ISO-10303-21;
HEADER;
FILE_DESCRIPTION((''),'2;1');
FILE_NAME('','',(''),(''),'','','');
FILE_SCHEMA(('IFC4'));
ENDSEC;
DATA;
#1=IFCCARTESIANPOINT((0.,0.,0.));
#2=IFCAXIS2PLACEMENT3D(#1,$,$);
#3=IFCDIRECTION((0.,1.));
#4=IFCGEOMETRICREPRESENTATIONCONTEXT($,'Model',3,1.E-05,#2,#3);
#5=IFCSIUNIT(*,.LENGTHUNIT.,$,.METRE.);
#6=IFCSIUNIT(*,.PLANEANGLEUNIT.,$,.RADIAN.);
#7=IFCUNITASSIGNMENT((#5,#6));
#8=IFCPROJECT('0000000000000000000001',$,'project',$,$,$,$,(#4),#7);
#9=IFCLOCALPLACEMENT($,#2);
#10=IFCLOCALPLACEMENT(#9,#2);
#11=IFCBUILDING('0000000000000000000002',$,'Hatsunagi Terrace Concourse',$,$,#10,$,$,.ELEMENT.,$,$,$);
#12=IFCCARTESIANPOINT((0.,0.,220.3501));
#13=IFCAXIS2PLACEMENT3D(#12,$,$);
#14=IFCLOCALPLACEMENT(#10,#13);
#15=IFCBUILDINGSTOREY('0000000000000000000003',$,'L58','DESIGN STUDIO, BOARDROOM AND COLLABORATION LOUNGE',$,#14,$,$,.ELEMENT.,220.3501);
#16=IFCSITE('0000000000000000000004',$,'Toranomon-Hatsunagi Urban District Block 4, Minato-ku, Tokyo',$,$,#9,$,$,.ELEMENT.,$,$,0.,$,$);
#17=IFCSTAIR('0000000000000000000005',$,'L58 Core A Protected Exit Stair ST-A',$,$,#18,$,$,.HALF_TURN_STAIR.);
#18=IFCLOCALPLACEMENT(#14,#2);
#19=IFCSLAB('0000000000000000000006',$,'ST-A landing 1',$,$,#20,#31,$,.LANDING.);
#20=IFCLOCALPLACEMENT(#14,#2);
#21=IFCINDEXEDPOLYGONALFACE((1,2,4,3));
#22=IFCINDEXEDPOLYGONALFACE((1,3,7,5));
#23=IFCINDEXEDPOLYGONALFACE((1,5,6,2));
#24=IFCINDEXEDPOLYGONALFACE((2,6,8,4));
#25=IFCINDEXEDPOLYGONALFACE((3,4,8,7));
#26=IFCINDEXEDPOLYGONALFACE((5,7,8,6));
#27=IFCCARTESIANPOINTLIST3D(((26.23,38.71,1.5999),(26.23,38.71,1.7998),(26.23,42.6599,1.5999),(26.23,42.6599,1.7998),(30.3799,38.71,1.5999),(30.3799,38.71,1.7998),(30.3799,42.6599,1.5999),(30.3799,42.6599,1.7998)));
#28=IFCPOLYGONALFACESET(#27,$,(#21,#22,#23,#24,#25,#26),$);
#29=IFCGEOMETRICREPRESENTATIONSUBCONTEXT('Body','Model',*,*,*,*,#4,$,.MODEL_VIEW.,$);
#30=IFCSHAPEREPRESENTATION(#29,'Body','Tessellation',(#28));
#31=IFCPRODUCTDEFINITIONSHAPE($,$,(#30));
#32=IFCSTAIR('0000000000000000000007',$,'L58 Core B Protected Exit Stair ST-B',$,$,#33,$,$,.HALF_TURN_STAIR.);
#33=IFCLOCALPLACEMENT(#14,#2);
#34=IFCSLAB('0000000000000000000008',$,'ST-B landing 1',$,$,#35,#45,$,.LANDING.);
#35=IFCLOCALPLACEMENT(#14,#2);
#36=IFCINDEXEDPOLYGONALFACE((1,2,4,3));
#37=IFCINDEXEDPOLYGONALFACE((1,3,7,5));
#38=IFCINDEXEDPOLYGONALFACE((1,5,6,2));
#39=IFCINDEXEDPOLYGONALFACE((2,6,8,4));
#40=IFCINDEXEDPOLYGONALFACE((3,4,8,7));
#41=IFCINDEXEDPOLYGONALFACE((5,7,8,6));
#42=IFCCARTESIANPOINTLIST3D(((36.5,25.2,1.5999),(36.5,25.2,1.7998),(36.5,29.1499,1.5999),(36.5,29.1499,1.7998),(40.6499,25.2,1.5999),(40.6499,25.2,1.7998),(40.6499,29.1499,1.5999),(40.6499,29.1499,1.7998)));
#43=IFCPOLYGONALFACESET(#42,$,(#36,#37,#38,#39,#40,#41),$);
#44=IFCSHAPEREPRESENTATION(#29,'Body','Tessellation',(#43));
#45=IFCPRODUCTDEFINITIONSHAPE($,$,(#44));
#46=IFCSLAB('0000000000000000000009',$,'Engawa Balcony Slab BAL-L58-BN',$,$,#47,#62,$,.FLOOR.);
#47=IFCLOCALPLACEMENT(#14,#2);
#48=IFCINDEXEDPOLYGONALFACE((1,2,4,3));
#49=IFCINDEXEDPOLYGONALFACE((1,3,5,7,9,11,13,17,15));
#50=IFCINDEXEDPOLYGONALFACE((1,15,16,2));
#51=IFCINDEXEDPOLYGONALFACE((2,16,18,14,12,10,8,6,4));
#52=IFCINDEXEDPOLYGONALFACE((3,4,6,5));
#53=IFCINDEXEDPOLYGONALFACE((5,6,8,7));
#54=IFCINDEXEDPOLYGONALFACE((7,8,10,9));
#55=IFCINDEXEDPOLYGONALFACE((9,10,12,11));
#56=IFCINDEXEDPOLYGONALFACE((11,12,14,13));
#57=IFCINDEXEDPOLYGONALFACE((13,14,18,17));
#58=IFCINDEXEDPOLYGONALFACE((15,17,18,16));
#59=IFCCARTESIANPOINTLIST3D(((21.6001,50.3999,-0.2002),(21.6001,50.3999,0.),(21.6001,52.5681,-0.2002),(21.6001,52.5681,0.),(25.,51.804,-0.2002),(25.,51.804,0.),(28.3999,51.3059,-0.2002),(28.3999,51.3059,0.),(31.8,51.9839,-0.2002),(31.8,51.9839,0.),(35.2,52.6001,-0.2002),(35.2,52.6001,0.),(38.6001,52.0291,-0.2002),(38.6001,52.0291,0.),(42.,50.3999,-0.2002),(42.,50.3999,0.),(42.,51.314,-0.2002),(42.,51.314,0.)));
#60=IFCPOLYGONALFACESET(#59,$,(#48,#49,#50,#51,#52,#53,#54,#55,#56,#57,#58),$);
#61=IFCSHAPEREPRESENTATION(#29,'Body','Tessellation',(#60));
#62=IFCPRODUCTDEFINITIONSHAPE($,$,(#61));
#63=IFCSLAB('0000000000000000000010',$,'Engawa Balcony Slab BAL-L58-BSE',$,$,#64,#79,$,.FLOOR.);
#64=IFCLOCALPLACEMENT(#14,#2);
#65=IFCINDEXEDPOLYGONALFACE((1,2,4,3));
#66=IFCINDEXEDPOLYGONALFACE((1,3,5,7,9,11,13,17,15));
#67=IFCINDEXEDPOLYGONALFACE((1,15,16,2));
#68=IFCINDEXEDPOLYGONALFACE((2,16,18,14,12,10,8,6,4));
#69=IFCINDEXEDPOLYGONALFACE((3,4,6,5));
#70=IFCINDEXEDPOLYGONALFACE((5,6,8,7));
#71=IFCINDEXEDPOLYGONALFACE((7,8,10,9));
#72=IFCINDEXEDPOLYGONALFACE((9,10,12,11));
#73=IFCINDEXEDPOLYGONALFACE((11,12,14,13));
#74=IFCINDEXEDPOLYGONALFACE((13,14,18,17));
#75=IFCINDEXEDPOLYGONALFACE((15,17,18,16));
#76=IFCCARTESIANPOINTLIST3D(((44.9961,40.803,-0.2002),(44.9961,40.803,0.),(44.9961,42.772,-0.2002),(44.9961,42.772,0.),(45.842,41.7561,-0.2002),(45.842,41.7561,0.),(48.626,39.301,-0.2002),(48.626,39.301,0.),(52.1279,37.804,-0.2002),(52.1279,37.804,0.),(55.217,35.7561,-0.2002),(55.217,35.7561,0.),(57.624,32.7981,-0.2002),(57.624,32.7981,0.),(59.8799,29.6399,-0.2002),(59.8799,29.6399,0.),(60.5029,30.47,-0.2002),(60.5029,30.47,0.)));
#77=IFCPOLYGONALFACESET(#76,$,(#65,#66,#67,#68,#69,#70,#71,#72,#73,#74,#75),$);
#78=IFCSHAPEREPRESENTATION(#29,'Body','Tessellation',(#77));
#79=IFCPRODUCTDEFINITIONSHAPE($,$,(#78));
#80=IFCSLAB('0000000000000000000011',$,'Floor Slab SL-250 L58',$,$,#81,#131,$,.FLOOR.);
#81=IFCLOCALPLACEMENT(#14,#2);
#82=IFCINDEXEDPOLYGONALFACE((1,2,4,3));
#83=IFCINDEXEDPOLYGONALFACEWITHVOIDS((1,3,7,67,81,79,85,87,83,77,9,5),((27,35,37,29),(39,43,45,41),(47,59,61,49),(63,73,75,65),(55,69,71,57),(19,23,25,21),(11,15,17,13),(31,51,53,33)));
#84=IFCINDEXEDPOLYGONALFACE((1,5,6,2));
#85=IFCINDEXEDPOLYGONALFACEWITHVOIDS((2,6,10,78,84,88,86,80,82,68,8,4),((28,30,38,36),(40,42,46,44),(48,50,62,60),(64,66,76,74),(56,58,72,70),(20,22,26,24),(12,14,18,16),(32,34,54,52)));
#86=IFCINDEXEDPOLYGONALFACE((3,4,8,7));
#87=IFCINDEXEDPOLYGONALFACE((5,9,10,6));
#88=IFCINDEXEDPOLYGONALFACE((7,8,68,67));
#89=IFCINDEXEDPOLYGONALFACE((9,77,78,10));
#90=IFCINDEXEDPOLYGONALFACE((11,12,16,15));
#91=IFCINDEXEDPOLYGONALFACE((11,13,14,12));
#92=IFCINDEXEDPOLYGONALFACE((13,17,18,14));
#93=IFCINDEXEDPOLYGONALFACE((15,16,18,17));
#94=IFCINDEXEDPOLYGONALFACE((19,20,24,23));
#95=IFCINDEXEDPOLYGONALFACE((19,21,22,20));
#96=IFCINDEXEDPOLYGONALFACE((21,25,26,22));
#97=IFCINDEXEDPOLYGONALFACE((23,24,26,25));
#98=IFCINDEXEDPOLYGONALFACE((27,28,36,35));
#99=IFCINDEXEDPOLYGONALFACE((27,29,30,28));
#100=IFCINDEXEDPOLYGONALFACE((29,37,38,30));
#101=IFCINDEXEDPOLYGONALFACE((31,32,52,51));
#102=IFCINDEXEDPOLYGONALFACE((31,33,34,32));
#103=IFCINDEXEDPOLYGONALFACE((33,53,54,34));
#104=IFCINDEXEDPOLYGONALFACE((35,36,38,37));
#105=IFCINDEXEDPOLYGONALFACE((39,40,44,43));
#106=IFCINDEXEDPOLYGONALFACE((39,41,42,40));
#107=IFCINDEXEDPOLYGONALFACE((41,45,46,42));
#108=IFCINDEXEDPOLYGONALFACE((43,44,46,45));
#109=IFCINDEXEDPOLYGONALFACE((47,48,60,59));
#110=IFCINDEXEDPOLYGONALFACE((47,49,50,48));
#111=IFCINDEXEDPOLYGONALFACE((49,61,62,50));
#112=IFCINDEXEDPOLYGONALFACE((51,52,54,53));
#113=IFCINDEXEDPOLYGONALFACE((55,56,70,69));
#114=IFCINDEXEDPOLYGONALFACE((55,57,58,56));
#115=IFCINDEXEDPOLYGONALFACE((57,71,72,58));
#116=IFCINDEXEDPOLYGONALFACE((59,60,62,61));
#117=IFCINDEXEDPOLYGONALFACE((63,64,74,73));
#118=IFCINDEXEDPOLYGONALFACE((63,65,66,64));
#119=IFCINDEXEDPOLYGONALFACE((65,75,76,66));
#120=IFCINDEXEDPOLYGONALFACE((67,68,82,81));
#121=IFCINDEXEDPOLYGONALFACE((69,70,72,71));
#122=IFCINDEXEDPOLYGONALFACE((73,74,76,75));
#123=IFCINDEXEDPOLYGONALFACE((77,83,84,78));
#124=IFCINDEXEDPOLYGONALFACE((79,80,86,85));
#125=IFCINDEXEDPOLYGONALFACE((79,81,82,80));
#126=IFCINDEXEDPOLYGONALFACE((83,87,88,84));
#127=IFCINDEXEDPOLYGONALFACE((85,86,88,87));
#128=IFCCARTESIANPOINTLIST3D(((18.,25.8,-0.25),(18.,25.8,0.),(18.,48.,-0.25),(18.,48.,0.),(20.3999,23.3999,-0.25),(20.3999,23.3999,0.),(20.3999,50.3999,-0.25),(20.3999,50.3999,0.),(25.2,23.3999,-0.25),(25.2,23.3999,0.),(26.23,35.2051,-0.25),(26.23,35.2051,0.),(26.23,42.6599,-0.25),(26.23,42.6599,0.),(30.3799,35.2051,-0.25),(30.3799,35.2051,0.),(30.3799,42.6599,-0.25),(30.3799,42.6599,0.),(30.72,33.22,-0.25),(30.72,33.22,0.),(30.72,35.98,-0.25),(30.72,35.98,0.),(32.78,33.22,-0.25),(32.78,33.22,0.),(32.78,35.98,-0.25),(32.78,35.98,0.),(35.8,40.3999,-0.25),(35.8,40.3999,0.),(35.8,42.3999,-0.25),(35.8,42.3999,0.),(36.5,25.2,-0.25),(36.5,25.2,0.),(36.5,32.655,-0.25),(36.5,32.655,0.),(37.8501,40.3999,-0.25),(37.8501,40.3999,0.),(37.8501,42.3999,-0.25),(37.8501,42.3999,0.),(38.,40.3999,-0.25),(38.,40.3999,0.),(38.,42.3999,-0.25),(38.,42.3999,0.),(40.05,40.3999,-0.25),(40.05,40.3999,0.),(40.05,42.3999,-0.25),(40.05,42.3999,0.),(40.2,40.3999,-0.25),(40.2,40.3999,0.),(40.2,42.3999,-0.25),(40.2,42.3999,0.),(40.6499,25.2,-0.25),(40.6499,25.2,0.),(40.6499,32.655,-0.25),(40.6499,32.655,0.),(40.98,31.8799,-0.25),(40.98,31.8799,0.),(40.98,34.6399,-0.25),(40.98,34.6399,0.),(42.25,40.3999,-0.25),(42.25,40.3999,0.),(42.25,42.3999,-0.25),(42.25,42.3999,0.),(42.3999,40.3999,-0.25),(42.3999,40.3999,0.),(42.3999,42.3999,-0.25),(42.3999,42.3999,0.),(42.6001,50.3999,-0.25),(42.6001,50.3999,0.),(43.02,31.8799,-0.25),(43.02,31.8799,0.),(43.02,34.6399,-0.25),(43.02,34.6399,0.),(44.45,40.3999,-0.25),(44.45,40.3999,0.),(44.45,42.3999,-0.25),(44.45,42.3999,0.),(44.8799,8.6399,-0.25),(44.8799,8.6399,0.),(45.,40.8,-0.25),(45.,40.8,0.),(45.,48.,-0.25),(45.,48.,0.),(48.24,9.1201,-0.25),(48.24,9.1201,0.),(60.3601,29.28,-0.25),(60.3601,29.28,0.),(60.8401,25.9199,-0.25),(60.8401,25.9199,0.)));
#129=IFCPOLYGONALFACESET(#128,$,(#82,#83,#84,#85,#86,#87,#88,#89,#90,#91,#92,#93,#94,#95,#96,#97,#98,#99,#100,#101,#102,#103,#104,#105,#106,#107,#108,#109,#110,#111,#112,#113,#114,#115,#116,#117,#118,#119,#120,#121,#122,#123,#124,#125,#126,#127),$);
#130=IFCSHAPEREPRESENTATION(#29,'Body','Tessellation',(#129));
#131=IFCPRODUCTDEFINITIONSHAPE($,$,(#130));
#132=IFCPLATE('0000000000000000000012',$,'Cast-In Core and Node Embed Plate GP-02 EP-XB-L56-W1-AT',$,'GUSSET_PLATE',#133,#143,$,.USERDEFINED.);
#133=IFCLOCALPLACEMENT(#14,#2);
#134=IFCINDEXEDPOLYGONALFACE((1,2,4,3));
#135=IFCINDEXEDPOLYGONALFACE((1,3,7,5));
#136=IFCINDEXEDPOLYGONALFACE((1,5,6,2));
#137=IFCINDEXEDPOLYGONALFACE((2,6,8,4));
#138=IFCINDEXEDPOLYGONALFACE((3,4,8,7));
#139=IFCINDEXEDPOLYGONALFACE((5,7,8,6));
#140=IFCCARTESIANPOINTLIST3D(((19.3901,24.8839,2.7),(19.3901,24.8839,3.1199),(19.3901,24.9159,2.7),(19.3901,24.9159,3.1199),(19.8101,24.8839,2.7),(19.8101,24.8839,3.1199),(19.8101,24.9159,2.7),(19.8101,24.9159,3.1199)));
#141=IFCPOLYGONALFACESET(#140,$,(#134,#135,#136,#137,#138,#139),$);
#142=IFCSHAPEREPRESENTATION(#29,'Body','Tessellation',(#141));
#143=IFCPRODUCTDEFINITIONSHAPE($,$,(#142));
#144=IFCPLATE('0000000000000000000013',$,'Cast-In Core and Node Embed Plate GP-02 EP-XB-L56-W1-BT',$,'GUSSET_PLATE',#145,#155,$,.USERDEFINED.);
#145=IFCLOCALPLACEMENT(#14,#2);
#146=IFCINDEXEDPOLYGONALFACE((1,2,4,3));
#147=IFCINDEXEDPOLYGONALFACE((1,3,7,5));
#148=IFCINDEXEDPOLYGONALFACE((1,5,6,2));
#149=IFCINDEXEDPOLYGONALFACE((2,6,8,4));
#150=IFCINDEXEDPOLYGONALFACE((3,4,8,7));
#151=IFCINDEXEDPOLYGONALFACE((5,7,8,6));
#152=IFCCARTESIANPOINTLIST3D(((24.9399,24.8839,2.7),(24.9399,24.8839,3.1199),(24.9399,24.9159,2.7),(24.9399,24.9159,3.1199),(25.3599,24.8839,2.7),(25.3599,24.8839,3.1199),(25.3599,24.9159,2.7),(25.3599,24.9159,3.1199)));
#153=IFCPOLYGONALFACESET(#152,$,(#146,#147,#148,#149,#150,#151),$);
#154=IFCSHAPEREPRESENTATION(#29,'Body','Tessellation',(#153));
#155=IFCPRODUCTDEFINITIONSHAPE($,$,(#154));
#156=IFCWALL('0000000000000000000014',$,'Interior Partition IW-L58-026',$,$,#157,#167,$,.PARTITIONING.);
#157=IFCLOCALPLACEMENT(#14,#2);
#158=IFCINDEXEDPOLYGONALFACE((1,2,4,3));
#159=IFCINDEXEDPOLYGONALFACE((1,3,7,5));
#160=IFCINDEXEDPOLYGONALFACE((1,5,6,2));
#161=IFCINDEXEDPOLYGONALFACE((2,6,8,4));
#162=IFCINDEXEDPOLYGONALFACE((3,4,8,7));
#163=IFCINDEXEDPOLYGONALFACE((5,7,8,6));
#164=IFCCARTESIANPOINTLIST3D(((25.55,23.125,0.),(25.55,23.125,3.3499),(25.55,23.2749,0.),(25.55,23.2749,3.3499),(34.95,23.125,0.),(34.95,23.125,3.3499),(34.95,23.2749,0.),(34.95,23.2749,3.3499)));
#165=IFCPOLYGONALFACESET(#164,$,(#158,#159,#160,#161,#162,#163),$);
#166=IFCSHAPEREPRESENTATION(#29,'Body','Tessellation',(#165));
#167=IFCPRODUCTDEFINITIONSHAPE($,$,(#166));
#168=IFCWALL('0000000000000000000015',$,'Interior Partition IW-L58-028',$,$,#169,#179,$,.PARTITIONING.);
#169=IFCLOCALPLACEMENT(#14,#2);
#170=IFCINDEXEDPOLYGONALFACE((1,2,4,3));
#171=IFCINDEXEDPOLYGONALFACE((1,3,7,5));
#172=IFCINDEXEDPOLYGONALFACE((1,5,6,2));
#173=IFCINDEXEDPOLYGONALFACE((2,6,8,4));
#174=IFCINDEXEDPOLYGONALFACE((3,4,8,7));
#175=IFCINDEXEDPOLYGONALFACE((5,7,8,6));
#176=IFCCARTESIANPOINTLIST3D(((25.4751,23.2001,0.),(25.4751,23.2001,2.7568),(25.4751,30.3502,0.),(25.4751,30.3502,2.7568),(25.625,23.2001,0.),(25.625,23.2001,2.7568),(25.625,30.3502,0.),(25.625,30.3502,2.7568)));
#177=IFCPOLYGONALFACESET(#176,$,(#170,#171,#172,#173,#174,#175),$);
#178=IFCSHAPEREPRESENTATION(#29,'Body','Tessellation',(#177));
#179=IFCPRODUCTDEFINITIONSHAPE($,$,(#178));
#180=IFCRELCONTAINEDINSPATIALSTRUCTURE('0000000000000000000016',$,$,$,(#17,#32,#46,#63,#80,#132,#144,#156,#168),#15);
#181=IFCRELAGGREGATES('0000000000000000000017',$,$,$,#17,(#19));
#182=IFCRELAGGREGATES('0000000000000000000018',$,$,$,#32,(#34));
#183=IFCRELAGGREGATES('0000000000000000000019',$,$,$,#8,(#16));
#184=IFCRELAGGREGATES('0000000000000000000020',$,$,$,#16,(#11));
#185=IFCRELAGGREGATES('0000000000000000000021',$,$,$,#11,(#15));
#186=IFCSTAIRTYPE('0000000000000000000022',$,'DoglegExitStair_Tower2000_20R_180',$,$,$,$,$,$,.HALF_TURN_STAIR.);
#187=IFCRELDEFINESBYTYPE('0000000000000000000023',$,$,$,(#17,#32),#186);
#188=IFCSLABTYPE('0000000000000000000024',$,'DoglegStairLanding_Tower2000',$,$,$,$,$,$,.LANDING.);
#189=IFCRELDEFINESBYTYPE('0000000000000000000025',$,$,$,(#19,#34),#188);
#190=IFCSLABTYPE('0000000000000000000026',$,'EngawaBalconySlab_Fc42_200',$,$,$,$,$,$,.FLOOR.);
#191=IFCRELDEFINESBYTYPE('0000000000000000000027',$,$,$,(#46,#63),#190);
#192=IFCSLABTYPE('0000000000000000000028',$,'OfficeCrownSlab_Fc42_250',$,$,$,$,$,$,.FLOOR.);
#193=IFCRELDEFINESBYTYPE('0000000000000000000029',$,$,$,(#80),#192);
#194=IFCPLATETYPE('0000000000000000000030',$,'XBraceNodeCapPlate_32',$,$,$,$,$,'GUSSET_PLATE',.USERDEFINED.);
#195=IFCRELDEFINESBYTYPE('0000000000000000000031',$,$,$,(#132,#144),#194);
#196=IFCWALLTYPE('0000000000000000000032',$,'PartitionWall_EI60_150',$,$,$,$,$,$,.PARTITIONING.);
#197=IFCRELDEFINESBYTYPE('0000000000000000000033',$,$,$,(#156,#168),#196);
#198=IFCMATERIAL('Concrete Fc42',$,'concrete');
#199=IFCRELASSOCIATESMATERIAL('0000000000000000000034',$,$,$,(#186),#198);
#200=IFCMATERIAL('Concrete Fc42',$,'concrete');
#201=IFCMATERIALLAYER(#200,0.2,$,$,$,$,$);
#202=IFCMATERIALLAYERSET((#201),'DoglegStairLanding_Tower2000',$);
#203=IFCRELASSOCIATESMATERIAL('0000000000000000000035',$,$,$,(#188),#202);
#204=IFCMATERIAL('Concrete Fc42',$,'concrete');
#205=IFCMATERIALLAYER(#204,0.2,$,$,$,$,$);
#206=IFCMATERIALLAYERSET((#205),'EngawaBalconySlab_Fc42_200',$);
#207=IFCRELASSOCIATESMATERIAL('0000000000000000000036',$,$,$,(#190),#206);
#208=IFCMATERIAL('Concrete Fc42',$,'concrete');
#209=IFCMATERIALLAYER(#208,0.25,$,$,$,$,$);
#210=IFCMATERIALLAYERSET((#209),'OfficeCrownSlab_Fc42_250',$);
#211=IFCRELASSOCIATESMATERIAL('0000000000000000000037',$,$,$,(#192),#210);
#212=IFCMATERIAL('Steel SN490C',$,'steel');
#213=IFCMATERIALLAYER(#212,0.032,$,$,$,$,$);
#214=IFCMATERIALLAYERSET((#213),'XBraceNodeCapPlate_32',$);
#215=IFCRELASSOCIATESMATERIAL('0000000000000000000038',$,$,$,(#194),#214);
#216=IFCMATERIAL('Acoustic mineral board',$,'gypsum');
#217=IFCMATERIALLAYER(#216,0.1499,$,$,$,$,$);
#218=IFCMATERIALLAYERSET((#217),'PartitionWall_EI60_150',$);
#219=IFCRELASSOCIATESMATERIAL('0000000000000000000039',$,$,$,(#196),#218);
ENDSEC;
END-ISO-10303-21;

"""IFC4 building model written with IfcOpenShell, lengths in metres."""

from ifc_helpers import new_model, si_unit, direction, frame, frame_2d, origin, origin_2d, place, context, subcontext, project, spatial, polyline, rectangle, outline, extrude, material, layer, layer_set, type_object, element, aggregate, save


model = new_model("IFC4")

# Units and contexts
model_context = context("Model", 3, precision=1e-05, world=origin(), true_north=direction((0.0, 1.0)))
body_context = subcontext(model_context, "Body", "Model", "MODEL_VIEW")
ifc_project = project(units=[si_unit("LENGTHUNIT", "METRE"), si_unit("PLANEANGLEUNIT", "RADIAN")], contexts=[model_context])

# Site, building, storey
site_placement = place(None, origin())
site = spatial("IfcSite", under=ifc_project, at=site_placement, Name="Toranomon-Hatsunagi Urban District Block 4, Minato-ku, Tokyo", CompositionType="ELEMENT", RefElevation=0.0)
building_placement = place(site_placement, origin())
building = spatial("IfcBuilding", under=site, at=building_placement, Name="Hatsunagi Terrace Concourse", CompositionType="ELEMENT")
storey_placement = place(building_placement, frame((0.0, 0.0, 220.3501)))
storey = spatial("IfcBuildingStorey", under=building, at=storey_placement, Name="L58", Description="DESIGN STUDIO, BOARDROOM AND COLLABORATION LOUNGE", CompositionType="ELEMENT", Elevation=220.3501)

# Stairs, slabs
ifc_material_1 = material(Name="Concrete Fc42", Category="concrete")
stair_type = type_object("IfcStairType", Name="DoglegExitStair_Tower2000_20R_180", PredefinedType="HALF_TURN_STAIR", material=ifc_material_1)
stair_1_placement = place(storey_placement, origin())
stair_1 = element("IfcStair", 1, at=stair_1_placement, inside=storey, type_object=stair_type, Name="L58 Core A Protected Exit Stair ST-A", PredefinedType="HALF_TURN_STAIR")
ifc_material_2 = material(Name="Concrete Fc42", Category="concrete")
ifc_layer_1 = layer(ifc_material_2, 0.2)
ifc_layer_set_1 = layer_set([ifc_layer_1], Name="DoglegStairLanding_Tower2000")
slab_type_1 = type_object("IfcSlabType", Name="DoglegStairLanding_Tower2000", PredefinedType="LANDING", material=ifc_layer_set_1)
slab_1_placement = place(storey_placement, frame((0.0, 0.0, 1.5999)))
slab_1 = element("IfcSlab", 2, at=slab_1_placement, type_object=slab_type_1, Name="ST-A landing 1", PredefinedType="LANDING", context=body_context, shape_type="SweptSolid", body=[
    extrude(outline(polyline([(30.3799, 38.71), (30.3799, 42.6599), (26.23, 42.6599), (26.23, 38.71), (30.3799, 38.71)])), origin(), (0.0, 0.0, 1.0), 0.2),
])
aggregate(stair_1, [slab_1])
stair_2_placement = place(storey_placement, origin())
stair_2 = element("IfcStair", 3, at=stair_2_placement, inside=storey, type_object=stair_type, Name="L58 Core B Protected Exit Stair ST-B", PredefinedType="HALF_TURN_STAIR")
slab_2_placement = place(storey_placement, frame((0.0, 0.0, 1.5999)))
slab_2 = element("IfcSlab", 4, at=slab_2_placement, type_object=slab_type_1, Name="ST-B landing 1", PredefinedType="LANDING", context=body_context, shape_type="SweptSolid", body=[
    extrude(outline(polyline([(36.5, 29.1499), (36.5, 25.2), (40.6499, 25.2), (40.6499, 29.1499), (36.5, 29.1499)])), origin(), (0.0, 0.0, 1.0), 0.2),
])
aggregate(stair_2, [slab_2])

# Slabs
ifc_material_3 = material(Name="Concrete Fc42", Category="concrete")
ifc_layer_2 = layer(ifc_material_3, 0.2)
ifc_layer_set_2 = layer_set([ifc_layer_2], Name="EngawaBalconySlab_Fc42_200")
slab_type_2 = type_object("IfcSlabType", Name="EngawaBalconySlab_Fc42_200", PredefinedType="FLOOR", material=ifc_layer_set_2)
slab_3_placement = place(storey_placement, frame((0.0, 0.0, -0.2002)))
element("IfcSlab", 5, at=slab_3_placement, inside=storey, type_object=slab_type_2, Name="Engawa Balcony Slab BAL-L58-BN", PredefinedType="FLOOR", context=body_context, shape_type="SweptSolid", body=[
    extrude(outline(polyline([(21.6001, 52.5681), (21.6001, 50.3999), (42.0, 50.3999), (42.0, 51.314), (38.6001, 52.0291), (35.2, 52.6001), (31.8, 51.9839), (28.3999, 51.3059), (25.0, 51.804), (21.6001, 52.5681)])), origin(), (0.0, 0.0, 1.0), 0.2002),
])
slab_4_placement = place(storey_placement, frame((0.0, 0.0, -0.2002)))
element("IfcSlab", 6, at=slab_4_placement, inside=storey, type_object=slab_type_2, Name="Engawa Balcony Slab BAL-L58-BSE", PredefinedType="FLOOR", context=body_context, shape_type="SweptSolid", body=[
    extrude(outline(polyline([(45.842, 41.7561), (44.9961, 42.772), (44.9961, 40.803), (59.8799, 29.6399), (60.5029, 30.47), (57.624, 32.7981), (55.217, 35.7561), (52.1279, 37.804), (48.626, 39.301), (45.842, 41.7561)])), origin(), (0.0, 0.0, 1.0), 0.2002),
])
ifc_material_4 = material(Name="Concrete Fc42", Category="concrete")
ifc_layer_3 = layer(ifc_material_4, 0.25)
ifc_layer_set_3 = layer_set([ifc_layer_3], Name="OfficeCrownSlab_Fc42_250")
slab_type_3 = type_object("IfcSlabType", Name="OfficeCrownSlab_Fc42_250", PredefinedType="FLOOR", material=ifc_layer_set_3)
slab_5_placement = place(storey_placement, frame((0.0, 0.0, -0.25)))
element("IfcSlab", 7, at=slab_5_placement, inside=storey, type_object=slab_type_3, Name="Floor Slab SL-250 L58", PredefinedType="FLOOR", context=body_context, shape_type="SweptSolid", body=[
    extrude(outline(polyline([(45.0, 40.8), (45.0, 48.0), (42.6001, 50.3999), (20.3999, 50.3999), (18.0, 48.0), (18.0, 25.8), (20.3999, 23.3999), (25.2, 23.3999), (44.8799, 8.6399), (48.24, 9.1201), (60.8401, 25.9199), (60.3601, 29.28), (45.0, 40.8)]), holes=[polyline([(26.23, 35.2051), (30.3799, 35.2051), (30.3799, 42.6599), (26.23, 42.6599), (26.23, 35.2051)]), polyline([(36.5, 25.2), (40.6499, 25.2), (40.6499, 32.655), (36.5, 32.655), (36.5, 25.2)]), polyline([(30.72, 33.22), (32.78, 33.22), (32.78, 35.98), (30.72, 35.98), (30.72, 33.22)]), polyline([(40.98, 31.8799), (43.02, 31.8799), (43.02, 34.6399), (40.98, 34.6399), (40.98, 31.8799)]), polyline([(35.8, 40.3999), (37.8501, 40.3999), (37.8501, 42.3999), (35.8, 42.3999), (35.8, 40.3999)]), polyline([(38.0, 40.3999), (40.05, 40.3999), (40.05, 42.3999), (38.0, 42.3999), (38.0, 40.3999)]), polyline([(40.2, 40.3999), (42.25, 40.3999), (42.25, 42.3999), (40.2, 42.3999), (40.2, 40.3999)]), polyline([(42.3999, 40.3999), (44.45, 40.3999), (44.45, 42.3999), (42.3999, 42.3999), (42.3999, 40.3999)])]), origin(), (0.0, 0.0, 1.0), 0.25),
])

# Plates
ifc_material_5 = material(Name="Steel SN490C", Category="steel")
ifc_layer_4 = layer(ifc_material_5, 0.032)
ifc_layer_set_4 = layer_set([ifc_layer_4], Name="XBraceNodeCapPlate_32")
plate_type = type_object("IfcPlateType", Name="XBraceNodeCapPlate_32", ElementType="GUSSET_PLATE", PredefinedType="USERDEFINED", material=ifc_layer_set_4)
for number, where, z_axis, x_axis, name in (
    (8, (19.6001, 24.8999, 2.7), (0.0, 0.0, 1.0), (1.0, 0.0, 0.0), "Cast-In Core and Node Embed Plate GP-02 EP-XB-L56-W1-AT"),
    (9, (25.1499, 24.8999, 2.7), (0.0, 0.0, 1.0), (1.0, 0.0, 0.0), "Cast-In Core and Node Embed Plate GP-02 EP-XB-L56-W1-BT"),
):
    element("IfcPlate", number, at=place(storey_placement, frame(where, z_axis=z_axis, x_axis=x_axis)), inside=storey, type_object=plate_type, Name=name, ObjectType="GUSSET_PLATE", PredefinedType="USERDEFINED", context=body_context, shape_type="SweptSolid", body=[
        extrude(rectangle(XDim=0.4199, YDim=0.032, at=origin_2d()), origin(), (0.0, 0.0, 1.0), 0.4199),
    ])

# Walls
ifc_material_6 = material(Name="Acoustic mineral board", Category="gypsum")
ifc_layer_5 = layer(ifc_material_6, 0.1499)
ifc_layer_set_5 = layer_set([ifc_layer_5], Name="PartitionWall_EI60_150")
wall_type_1 = type_object("IfcWallType", Name="PartitionWall_EI60_150", PredefinedType="PARTITIONING", material=ifc_layer_set_5)
wall_1_placement = place(storey_placement, frame((25.55, 23.2, 0.0), z_axis=(0.0, 0.0, 1.0), x_axis=(1.0, 0.0, 0.0)))
element("IfcWall", 10, at=wall_1_placement, inside=storey, type_object=wall_type_1, Name="Interior Partition IW-L58-026", PredefinedType="PARTITIONING", context=body_context, shape_type="SweptSolid", body=[
    extrude(rectangle(XDim=9.3999, YDim=0.1499, at=frame_2d((4.7, 0.0))), origin(), (0.0, 0.0, 1.0), 3.3499),
])
wall_2_placement = place(storey_placement, frame((25.55, 23.2, 0.0), z_axis=(0.0, 0.0, 1.0), x_axis=(0.0, 1.0, 0.0)))
element("IfcWall", 11, at=wall_2_placement, inside=storey, type_object=wall_type_1, Name="Interior Partition IW-L58-028", PredefinedType="PARTITIONING", context=body_context, shape_type="SweptSolid", body=[
    extrude(rectangle(XDim=7.1501, YDim=0.1499, at=frame_2d((3.5752, 0.0))), origin(), (0.0, 0.0, 1.0), 2.7568),
])

save(model, "model.ifc")
